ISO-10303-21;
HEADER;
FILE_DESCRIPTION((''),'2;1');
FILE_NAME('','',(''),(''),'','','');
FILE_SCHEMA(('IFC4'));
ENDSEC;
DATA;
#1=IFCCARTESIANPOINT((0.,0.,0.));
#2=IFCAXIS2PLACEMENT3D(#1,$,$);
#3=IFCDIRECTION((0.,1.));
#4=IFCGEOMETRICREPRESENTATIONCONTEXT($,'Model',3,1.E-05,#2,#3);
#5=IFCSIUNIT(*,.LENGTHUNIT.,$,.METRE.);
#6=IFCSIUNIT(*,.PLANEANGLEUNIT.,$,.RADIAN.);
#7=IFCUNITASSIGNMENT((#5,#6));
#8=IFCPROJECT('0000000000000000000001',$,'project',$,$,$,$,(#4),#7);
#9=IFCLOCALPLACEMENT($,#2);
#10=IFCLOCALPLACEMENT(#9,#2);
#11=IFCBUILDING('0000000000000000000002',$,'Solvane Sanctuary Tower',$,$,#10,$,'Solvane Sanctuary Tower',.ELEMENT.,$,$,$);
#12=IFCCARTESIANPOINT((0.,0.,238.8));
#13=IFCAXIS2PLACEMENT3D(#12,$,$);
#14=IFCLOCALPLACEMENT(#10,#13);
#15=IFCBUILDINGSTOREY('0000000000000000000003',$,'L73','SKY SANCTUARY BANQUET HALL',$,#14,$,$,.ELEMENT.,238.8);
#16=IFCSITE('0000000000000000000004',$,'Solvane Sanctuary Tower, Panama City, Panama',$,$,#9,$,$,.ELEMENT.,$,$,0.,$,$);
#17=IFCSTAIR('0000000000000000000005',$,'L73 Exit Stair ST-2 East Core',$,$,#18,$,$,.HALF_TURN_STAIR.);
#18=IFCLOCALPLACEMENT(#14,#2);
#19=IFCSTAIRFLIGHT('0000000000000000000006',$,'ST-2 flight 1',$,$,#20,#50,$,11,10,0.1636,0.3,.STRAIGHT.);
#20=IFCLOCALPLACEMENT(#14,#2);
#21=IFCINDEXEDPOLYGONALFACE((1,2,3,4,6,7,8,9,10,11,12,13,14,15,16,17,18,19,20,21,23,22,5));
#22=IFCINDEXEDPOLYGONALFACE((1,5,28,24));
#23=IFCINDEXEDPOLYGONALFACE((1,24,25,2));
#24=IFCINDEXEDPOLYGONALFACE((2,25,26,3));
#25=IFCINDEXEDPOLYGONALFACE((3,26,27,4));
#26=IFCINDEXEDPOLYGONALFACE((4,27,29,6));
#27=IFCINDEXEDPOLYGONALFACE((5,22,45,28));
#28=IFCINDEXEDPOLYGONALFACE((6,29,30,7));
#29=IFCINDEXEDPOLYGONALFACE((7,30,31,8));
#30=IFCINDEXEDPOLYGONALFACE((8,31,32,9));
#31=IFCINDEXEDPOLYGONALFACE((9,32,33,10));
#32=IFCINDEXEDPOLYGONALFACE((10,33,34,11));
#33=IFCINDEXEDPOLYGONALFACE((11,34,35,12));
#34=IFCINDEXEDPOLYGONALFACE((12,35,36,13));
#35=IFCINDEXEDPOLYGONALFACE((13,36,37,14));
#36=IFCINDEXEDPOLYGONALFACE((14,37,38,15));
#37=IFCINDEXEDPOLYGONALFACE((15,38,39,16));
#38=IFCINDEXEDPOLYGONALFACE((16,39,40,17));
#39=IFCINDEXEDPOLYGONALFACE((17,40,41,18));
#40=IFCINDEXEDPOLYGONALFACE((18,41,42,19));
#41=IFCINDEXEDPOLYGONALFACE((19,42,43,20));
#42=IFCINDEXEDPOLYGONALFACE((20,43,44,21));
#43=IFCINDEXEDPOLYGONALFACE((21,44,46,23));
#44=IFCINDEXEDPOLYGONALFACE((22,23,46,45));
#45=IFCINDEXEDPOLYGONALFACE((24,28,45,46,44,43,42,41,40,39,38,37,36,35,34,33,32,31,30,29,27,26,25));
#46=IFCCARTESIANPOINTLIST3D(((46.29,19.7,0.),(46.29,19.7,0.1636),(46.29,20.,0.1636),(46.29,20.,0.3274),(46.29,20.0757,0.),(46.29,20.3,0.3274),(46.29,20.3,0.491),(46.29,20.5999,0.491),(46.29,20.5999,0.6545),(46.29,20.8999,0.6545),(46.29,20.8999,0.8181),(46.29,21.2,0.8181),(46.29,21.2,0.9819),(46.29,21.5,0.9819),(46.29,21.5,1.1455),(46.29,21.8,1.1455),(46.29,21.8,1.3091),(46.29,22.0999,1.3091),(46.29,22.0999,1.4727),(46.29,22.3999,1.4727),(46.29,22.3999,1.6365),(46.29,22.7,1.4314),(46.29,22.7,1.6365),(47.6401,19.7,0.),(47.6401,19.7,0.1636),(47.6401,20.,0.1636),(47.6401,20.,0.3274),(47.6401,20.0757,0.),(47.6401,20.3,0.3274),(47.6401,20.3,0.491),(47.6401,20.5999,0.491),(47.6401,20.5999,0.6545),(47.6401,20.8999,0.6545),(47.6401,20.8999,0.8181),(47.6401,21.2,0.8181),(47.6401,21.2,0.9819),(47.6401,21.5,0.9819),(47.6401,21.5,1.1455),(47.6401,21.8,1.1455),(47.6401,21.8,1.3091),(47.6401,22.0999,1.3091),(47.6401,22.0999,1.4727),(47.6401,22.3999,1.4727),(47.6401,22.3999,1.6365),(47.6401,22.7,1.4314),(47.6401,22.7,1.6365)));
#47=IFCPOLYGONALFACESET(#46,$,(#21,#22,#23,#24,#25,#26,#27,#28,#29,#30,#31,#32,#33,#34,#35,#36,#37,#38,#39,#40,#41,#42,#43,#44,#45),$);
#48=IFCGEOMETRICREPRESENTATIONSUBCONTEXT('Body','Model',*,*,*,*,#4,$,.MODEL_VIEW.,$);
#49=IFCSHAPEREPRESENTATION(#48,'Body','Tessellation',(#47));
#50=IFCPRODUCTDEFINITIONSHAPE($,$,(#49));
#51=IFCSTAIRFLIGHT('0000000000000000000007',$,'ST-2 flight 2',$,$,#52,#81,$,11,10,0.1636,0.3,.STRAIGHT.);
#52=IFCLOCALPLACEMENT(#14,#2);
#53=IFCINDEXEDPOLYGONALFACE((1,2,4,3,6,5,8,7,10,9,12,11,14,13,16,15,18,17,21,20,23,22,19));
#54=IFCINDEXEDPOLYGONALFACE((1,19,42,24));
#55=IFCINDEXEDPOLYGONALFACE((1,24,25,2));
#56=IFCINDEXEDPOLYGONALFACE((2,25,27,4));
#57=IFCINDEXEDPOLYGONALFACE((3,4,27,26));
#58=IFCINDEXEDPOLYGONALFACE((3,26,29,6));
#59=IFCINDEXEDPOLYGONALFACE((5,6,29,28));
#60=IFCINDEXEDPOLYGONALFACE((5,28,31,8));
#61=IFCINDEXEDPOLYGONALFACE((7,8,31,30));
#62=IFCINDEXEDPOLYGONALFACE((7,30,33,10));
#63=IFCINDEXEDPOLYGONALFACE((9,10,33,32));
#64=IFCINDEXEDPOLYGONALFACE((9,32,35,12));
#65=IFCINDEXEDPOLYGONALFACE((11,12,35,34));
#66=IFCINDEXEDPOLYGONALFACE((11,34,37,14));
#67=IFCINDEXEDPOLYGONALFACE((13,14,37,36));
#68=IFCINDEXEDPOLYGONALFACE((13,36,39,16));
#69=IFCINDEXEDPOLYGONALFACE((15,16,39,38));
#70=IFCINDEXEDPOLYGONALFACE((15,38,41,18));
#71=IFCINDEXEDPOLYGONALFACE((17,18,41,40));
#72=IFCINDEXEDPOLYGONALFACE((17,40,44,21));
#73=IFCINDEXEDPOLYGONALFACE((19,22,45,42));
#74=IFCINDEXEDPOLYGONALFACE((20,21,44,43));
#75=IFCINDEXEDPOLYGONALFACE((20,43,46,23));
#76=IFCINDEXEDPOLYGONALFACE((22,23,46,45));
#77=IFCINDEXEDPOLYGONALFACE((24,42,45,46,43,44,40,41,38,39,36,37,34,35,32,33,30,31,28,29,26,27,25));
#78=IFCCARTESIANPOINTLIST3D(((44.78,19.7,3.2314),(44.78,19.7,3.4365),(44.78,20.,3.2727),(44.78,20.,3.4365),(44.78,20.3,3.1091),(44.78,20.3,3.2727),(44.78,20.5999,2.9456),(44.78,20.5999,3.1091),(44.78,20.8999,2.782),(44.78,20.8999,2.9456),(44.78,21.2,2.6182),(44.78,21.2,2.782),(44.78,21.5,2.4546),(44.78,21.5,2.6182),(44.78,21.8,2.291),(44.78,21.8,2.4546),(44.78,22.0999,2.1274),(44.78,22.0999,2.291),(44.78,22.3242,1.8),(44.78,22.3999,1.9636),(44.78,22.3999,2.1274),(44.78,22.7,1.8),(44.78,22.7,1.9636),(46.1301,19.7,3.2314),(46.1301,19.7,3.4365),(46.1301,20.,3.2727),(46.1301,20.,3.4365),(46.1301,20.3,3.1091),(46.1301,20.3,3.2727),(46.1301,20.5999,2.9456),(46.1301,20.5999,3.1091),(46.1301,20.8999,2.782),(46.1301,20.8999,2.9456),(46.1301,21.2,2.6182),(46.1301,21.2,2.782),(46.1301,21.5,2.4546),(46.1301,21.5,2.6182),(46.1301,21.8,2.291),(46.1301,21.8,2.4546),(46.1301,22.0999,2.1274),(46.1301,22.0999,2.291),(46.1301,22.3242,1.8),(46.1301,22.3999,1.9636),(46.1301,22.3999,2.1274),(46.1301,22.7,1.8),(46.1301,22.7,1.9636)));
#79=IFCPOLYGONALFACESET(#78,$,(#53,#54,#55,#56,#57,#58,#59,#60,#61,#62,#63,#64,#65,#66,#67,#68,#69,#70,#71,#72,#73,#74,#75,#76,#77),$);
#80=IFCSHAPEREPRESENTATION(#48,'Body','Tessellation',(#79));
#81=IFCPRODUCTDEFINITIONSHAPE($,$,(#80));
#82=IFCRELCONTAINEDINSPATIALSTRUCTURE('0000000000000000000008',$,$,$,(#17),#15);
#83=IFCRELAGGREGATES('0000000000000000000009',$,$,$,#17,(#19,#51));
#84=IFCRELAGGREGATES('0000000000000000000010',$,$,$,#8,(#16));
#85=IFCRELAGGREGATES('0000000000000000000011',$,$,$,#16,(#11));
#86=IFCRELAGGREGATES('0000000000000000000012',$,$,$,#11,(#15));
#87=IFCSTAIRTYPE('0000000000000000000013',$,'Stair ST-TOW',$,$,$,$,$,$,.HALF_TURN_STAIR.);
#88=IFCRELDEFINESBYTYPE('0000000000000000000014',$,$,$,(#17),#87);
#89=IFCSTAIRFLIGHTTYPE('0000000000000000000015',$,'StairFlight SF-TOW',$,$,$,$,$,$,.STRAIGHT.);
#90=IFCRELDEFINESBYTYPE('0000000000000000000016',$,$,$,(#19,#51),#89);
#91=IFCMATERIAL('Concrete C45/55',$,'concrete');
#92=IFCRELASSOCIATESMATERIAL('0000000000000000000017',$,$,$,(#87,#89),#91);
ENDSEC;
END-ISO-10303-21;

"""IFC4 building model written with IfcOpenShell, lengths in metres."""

from ifc_helpers import new_model, si_unit, direction, frame, origin, place, context, subcontext, project, spatial, polyline, outline, extrude, material, type_object, element, aggregate, save


model = new_model("IFC4")

# Units and contexts
model_context = context("Model", 3, precision=1e-05, world=origin(), true_north=direction((0.0, 1.0)))
body_context = subcontext(model_context, "Body", "Model", "MODEL_VIEW")
ifc_project = project(units=[si_unit("LENGTHUNIT", "METRE"), si_unit("PLANEANGLEUNIT", "RADIAN")], contexts=[model_context])

# Site, building, storey
site_placement = place(None, origin())
site = spatial("IfcSite", under=ifc_project, at=site_placement, Name="Solvane Sanctuary Tower, Panama City, Panama", CompositionType="ELEMENT", RefElevation=0.0)
building_placement = place(site_placement, origin())
building = spatial("IfcBuilding", under=site, at=building_placement, Name="Solvane Sanctuary Tower", LongName="Solvane Sanctuary Tower", CompositionType="ELEMENT")
storey_placement = place(building_placement, frame((0.0, 0.0, 238.8)))
storey = spatial("IfcBuildingStorey", under=building, at=storey_placement, Name="L73", Description="SKY SANCTUARY BANQUET HALL", CompositionType="ELEMENT", Elevation=238.8)

# Stair, stair flights
ifc_material_1 = material(Name="Concrete C45/55", Category="concrete")
stair_type = type_object("IfcStairType", Name="Stair ST-TOW", PredefinedType="HALF_TURN_STAIR", material=ifc_material_1)
stair_placement = place(storey_placement, origin())
stair = element("IfcStair", 1, at=stair_placement, inside=storey, type_object=stair_type, Name="L73 Exit Stair ST-2 East Core", PredefinedType="HALF_TURN_STAIR")
stair_flight_type = type_object("IfcStairFlightType", Name="StairFlight SF-TOW", PredefinedType="STRAIGHT", material=ifc_material_1)
stair_flight_1_placement = place(storey_placement, frame((46.9651, 19.7, 0.0), z_axis=(0.0, 0.0, 1.0), x_axis=(0.0, 1.0, 0.0)))
stair_flight_1 = element("IfcStairFlight", 2, at=stair_flight_1_placement, type_object=stair_flight_type, Name="ST-2 flight 1", NumberOfRisers=11, NumberOfTreads=10, PredefinedType="STRAIGHT", RiserHeight=0.1636, TreadLength=0.3, context=body_context, shape_type="SweptSolid", body=[
    extrude(outline(polyline([(0.0, 0.0), (0.0, 0.1636), (0.3, 0.1636), (0.3, 0.3274), (0.6001, 0.3274), (0.6001, 0.491), (0.8999, 0.491), (0.8999, 0.6545), (1.2, 0.6545), (1.2, 0.8181), (1.5, 0.8181), (1.5, 0.9819), (1.8, 0.9819), (1.8, 1.1455), (2.1001, 1.1455), (2.1001, 1.3091), (2.3999, 1.3091), (2.3999, 1.4727), (2.7, 1.4727), (2.7, 1.6365), (3.0, 1.6365), (3.0, 1.8), (3.0, 1.4314), (0.3757, 0.0), (0.0, 0.0)])), frame((0.0, 0.675, 0.0), z_axis=(0.0, -1.0, 0.0), x_axis=(1.0, 0.0, 0.0)), (0.0, 0.0, 1.0), 1.3501),
])
stair_flight_2_placement = place(storey_placement, frame((45.4551, 22.7, 1.8), z_axis=(0.0, 0.0, 1.0), x_axis=(0.0, -1.0, 0.0)))
stair_flight_2 = element("IfcStairFlight", 3, at=stair_flight_2_placement, type_object=stair_flight_type, Name="ST-2 flight 2", NumberOfRisers=11, NumberOfTreads=10, PredefinedType="STRAIGHT", RiserHeight=0.1636, TreadLength=0.3, context=body_context, shape_type="SweptSolid", body=[
    extrude(outline(polyline([(0.0, 0.0), (0.0, 0.1636), (0.3, 0.1636), (0.3, 0.3274), (0.6001, 0.3274), (0.6001, 0.491), (0.8999, 0.491), (0.8999, 0.6545), (1.2, 0.6545), (1.2, 0.8181), (1.5, 0.8181), (1.5, 0.9819), (1.8, 0.9819), (1.8, 1.1455), (2.1001, 1.1455), (2.1001, 1.3091), (2.3999, 1.3091), (2.3999, 1.4727), (2.7, 1.4727), (2.7, 1.6365), (3.0, 1.6365), (3.0, 1.8), (3.0, 1.4314), (0.3757, 0.0), (0.0, 0.0)])), frame((0.0, 0.675, 0.0), z_axis=(0.0, -1.0, 0.0), x_axis=(1.0, 0.0, 0.0)), (0.0, 0.0, 1.0), 1.3501),
])
aggregate(stair, [stair_flight_1, stair_flight_2])

save(model, "model.ifc")
